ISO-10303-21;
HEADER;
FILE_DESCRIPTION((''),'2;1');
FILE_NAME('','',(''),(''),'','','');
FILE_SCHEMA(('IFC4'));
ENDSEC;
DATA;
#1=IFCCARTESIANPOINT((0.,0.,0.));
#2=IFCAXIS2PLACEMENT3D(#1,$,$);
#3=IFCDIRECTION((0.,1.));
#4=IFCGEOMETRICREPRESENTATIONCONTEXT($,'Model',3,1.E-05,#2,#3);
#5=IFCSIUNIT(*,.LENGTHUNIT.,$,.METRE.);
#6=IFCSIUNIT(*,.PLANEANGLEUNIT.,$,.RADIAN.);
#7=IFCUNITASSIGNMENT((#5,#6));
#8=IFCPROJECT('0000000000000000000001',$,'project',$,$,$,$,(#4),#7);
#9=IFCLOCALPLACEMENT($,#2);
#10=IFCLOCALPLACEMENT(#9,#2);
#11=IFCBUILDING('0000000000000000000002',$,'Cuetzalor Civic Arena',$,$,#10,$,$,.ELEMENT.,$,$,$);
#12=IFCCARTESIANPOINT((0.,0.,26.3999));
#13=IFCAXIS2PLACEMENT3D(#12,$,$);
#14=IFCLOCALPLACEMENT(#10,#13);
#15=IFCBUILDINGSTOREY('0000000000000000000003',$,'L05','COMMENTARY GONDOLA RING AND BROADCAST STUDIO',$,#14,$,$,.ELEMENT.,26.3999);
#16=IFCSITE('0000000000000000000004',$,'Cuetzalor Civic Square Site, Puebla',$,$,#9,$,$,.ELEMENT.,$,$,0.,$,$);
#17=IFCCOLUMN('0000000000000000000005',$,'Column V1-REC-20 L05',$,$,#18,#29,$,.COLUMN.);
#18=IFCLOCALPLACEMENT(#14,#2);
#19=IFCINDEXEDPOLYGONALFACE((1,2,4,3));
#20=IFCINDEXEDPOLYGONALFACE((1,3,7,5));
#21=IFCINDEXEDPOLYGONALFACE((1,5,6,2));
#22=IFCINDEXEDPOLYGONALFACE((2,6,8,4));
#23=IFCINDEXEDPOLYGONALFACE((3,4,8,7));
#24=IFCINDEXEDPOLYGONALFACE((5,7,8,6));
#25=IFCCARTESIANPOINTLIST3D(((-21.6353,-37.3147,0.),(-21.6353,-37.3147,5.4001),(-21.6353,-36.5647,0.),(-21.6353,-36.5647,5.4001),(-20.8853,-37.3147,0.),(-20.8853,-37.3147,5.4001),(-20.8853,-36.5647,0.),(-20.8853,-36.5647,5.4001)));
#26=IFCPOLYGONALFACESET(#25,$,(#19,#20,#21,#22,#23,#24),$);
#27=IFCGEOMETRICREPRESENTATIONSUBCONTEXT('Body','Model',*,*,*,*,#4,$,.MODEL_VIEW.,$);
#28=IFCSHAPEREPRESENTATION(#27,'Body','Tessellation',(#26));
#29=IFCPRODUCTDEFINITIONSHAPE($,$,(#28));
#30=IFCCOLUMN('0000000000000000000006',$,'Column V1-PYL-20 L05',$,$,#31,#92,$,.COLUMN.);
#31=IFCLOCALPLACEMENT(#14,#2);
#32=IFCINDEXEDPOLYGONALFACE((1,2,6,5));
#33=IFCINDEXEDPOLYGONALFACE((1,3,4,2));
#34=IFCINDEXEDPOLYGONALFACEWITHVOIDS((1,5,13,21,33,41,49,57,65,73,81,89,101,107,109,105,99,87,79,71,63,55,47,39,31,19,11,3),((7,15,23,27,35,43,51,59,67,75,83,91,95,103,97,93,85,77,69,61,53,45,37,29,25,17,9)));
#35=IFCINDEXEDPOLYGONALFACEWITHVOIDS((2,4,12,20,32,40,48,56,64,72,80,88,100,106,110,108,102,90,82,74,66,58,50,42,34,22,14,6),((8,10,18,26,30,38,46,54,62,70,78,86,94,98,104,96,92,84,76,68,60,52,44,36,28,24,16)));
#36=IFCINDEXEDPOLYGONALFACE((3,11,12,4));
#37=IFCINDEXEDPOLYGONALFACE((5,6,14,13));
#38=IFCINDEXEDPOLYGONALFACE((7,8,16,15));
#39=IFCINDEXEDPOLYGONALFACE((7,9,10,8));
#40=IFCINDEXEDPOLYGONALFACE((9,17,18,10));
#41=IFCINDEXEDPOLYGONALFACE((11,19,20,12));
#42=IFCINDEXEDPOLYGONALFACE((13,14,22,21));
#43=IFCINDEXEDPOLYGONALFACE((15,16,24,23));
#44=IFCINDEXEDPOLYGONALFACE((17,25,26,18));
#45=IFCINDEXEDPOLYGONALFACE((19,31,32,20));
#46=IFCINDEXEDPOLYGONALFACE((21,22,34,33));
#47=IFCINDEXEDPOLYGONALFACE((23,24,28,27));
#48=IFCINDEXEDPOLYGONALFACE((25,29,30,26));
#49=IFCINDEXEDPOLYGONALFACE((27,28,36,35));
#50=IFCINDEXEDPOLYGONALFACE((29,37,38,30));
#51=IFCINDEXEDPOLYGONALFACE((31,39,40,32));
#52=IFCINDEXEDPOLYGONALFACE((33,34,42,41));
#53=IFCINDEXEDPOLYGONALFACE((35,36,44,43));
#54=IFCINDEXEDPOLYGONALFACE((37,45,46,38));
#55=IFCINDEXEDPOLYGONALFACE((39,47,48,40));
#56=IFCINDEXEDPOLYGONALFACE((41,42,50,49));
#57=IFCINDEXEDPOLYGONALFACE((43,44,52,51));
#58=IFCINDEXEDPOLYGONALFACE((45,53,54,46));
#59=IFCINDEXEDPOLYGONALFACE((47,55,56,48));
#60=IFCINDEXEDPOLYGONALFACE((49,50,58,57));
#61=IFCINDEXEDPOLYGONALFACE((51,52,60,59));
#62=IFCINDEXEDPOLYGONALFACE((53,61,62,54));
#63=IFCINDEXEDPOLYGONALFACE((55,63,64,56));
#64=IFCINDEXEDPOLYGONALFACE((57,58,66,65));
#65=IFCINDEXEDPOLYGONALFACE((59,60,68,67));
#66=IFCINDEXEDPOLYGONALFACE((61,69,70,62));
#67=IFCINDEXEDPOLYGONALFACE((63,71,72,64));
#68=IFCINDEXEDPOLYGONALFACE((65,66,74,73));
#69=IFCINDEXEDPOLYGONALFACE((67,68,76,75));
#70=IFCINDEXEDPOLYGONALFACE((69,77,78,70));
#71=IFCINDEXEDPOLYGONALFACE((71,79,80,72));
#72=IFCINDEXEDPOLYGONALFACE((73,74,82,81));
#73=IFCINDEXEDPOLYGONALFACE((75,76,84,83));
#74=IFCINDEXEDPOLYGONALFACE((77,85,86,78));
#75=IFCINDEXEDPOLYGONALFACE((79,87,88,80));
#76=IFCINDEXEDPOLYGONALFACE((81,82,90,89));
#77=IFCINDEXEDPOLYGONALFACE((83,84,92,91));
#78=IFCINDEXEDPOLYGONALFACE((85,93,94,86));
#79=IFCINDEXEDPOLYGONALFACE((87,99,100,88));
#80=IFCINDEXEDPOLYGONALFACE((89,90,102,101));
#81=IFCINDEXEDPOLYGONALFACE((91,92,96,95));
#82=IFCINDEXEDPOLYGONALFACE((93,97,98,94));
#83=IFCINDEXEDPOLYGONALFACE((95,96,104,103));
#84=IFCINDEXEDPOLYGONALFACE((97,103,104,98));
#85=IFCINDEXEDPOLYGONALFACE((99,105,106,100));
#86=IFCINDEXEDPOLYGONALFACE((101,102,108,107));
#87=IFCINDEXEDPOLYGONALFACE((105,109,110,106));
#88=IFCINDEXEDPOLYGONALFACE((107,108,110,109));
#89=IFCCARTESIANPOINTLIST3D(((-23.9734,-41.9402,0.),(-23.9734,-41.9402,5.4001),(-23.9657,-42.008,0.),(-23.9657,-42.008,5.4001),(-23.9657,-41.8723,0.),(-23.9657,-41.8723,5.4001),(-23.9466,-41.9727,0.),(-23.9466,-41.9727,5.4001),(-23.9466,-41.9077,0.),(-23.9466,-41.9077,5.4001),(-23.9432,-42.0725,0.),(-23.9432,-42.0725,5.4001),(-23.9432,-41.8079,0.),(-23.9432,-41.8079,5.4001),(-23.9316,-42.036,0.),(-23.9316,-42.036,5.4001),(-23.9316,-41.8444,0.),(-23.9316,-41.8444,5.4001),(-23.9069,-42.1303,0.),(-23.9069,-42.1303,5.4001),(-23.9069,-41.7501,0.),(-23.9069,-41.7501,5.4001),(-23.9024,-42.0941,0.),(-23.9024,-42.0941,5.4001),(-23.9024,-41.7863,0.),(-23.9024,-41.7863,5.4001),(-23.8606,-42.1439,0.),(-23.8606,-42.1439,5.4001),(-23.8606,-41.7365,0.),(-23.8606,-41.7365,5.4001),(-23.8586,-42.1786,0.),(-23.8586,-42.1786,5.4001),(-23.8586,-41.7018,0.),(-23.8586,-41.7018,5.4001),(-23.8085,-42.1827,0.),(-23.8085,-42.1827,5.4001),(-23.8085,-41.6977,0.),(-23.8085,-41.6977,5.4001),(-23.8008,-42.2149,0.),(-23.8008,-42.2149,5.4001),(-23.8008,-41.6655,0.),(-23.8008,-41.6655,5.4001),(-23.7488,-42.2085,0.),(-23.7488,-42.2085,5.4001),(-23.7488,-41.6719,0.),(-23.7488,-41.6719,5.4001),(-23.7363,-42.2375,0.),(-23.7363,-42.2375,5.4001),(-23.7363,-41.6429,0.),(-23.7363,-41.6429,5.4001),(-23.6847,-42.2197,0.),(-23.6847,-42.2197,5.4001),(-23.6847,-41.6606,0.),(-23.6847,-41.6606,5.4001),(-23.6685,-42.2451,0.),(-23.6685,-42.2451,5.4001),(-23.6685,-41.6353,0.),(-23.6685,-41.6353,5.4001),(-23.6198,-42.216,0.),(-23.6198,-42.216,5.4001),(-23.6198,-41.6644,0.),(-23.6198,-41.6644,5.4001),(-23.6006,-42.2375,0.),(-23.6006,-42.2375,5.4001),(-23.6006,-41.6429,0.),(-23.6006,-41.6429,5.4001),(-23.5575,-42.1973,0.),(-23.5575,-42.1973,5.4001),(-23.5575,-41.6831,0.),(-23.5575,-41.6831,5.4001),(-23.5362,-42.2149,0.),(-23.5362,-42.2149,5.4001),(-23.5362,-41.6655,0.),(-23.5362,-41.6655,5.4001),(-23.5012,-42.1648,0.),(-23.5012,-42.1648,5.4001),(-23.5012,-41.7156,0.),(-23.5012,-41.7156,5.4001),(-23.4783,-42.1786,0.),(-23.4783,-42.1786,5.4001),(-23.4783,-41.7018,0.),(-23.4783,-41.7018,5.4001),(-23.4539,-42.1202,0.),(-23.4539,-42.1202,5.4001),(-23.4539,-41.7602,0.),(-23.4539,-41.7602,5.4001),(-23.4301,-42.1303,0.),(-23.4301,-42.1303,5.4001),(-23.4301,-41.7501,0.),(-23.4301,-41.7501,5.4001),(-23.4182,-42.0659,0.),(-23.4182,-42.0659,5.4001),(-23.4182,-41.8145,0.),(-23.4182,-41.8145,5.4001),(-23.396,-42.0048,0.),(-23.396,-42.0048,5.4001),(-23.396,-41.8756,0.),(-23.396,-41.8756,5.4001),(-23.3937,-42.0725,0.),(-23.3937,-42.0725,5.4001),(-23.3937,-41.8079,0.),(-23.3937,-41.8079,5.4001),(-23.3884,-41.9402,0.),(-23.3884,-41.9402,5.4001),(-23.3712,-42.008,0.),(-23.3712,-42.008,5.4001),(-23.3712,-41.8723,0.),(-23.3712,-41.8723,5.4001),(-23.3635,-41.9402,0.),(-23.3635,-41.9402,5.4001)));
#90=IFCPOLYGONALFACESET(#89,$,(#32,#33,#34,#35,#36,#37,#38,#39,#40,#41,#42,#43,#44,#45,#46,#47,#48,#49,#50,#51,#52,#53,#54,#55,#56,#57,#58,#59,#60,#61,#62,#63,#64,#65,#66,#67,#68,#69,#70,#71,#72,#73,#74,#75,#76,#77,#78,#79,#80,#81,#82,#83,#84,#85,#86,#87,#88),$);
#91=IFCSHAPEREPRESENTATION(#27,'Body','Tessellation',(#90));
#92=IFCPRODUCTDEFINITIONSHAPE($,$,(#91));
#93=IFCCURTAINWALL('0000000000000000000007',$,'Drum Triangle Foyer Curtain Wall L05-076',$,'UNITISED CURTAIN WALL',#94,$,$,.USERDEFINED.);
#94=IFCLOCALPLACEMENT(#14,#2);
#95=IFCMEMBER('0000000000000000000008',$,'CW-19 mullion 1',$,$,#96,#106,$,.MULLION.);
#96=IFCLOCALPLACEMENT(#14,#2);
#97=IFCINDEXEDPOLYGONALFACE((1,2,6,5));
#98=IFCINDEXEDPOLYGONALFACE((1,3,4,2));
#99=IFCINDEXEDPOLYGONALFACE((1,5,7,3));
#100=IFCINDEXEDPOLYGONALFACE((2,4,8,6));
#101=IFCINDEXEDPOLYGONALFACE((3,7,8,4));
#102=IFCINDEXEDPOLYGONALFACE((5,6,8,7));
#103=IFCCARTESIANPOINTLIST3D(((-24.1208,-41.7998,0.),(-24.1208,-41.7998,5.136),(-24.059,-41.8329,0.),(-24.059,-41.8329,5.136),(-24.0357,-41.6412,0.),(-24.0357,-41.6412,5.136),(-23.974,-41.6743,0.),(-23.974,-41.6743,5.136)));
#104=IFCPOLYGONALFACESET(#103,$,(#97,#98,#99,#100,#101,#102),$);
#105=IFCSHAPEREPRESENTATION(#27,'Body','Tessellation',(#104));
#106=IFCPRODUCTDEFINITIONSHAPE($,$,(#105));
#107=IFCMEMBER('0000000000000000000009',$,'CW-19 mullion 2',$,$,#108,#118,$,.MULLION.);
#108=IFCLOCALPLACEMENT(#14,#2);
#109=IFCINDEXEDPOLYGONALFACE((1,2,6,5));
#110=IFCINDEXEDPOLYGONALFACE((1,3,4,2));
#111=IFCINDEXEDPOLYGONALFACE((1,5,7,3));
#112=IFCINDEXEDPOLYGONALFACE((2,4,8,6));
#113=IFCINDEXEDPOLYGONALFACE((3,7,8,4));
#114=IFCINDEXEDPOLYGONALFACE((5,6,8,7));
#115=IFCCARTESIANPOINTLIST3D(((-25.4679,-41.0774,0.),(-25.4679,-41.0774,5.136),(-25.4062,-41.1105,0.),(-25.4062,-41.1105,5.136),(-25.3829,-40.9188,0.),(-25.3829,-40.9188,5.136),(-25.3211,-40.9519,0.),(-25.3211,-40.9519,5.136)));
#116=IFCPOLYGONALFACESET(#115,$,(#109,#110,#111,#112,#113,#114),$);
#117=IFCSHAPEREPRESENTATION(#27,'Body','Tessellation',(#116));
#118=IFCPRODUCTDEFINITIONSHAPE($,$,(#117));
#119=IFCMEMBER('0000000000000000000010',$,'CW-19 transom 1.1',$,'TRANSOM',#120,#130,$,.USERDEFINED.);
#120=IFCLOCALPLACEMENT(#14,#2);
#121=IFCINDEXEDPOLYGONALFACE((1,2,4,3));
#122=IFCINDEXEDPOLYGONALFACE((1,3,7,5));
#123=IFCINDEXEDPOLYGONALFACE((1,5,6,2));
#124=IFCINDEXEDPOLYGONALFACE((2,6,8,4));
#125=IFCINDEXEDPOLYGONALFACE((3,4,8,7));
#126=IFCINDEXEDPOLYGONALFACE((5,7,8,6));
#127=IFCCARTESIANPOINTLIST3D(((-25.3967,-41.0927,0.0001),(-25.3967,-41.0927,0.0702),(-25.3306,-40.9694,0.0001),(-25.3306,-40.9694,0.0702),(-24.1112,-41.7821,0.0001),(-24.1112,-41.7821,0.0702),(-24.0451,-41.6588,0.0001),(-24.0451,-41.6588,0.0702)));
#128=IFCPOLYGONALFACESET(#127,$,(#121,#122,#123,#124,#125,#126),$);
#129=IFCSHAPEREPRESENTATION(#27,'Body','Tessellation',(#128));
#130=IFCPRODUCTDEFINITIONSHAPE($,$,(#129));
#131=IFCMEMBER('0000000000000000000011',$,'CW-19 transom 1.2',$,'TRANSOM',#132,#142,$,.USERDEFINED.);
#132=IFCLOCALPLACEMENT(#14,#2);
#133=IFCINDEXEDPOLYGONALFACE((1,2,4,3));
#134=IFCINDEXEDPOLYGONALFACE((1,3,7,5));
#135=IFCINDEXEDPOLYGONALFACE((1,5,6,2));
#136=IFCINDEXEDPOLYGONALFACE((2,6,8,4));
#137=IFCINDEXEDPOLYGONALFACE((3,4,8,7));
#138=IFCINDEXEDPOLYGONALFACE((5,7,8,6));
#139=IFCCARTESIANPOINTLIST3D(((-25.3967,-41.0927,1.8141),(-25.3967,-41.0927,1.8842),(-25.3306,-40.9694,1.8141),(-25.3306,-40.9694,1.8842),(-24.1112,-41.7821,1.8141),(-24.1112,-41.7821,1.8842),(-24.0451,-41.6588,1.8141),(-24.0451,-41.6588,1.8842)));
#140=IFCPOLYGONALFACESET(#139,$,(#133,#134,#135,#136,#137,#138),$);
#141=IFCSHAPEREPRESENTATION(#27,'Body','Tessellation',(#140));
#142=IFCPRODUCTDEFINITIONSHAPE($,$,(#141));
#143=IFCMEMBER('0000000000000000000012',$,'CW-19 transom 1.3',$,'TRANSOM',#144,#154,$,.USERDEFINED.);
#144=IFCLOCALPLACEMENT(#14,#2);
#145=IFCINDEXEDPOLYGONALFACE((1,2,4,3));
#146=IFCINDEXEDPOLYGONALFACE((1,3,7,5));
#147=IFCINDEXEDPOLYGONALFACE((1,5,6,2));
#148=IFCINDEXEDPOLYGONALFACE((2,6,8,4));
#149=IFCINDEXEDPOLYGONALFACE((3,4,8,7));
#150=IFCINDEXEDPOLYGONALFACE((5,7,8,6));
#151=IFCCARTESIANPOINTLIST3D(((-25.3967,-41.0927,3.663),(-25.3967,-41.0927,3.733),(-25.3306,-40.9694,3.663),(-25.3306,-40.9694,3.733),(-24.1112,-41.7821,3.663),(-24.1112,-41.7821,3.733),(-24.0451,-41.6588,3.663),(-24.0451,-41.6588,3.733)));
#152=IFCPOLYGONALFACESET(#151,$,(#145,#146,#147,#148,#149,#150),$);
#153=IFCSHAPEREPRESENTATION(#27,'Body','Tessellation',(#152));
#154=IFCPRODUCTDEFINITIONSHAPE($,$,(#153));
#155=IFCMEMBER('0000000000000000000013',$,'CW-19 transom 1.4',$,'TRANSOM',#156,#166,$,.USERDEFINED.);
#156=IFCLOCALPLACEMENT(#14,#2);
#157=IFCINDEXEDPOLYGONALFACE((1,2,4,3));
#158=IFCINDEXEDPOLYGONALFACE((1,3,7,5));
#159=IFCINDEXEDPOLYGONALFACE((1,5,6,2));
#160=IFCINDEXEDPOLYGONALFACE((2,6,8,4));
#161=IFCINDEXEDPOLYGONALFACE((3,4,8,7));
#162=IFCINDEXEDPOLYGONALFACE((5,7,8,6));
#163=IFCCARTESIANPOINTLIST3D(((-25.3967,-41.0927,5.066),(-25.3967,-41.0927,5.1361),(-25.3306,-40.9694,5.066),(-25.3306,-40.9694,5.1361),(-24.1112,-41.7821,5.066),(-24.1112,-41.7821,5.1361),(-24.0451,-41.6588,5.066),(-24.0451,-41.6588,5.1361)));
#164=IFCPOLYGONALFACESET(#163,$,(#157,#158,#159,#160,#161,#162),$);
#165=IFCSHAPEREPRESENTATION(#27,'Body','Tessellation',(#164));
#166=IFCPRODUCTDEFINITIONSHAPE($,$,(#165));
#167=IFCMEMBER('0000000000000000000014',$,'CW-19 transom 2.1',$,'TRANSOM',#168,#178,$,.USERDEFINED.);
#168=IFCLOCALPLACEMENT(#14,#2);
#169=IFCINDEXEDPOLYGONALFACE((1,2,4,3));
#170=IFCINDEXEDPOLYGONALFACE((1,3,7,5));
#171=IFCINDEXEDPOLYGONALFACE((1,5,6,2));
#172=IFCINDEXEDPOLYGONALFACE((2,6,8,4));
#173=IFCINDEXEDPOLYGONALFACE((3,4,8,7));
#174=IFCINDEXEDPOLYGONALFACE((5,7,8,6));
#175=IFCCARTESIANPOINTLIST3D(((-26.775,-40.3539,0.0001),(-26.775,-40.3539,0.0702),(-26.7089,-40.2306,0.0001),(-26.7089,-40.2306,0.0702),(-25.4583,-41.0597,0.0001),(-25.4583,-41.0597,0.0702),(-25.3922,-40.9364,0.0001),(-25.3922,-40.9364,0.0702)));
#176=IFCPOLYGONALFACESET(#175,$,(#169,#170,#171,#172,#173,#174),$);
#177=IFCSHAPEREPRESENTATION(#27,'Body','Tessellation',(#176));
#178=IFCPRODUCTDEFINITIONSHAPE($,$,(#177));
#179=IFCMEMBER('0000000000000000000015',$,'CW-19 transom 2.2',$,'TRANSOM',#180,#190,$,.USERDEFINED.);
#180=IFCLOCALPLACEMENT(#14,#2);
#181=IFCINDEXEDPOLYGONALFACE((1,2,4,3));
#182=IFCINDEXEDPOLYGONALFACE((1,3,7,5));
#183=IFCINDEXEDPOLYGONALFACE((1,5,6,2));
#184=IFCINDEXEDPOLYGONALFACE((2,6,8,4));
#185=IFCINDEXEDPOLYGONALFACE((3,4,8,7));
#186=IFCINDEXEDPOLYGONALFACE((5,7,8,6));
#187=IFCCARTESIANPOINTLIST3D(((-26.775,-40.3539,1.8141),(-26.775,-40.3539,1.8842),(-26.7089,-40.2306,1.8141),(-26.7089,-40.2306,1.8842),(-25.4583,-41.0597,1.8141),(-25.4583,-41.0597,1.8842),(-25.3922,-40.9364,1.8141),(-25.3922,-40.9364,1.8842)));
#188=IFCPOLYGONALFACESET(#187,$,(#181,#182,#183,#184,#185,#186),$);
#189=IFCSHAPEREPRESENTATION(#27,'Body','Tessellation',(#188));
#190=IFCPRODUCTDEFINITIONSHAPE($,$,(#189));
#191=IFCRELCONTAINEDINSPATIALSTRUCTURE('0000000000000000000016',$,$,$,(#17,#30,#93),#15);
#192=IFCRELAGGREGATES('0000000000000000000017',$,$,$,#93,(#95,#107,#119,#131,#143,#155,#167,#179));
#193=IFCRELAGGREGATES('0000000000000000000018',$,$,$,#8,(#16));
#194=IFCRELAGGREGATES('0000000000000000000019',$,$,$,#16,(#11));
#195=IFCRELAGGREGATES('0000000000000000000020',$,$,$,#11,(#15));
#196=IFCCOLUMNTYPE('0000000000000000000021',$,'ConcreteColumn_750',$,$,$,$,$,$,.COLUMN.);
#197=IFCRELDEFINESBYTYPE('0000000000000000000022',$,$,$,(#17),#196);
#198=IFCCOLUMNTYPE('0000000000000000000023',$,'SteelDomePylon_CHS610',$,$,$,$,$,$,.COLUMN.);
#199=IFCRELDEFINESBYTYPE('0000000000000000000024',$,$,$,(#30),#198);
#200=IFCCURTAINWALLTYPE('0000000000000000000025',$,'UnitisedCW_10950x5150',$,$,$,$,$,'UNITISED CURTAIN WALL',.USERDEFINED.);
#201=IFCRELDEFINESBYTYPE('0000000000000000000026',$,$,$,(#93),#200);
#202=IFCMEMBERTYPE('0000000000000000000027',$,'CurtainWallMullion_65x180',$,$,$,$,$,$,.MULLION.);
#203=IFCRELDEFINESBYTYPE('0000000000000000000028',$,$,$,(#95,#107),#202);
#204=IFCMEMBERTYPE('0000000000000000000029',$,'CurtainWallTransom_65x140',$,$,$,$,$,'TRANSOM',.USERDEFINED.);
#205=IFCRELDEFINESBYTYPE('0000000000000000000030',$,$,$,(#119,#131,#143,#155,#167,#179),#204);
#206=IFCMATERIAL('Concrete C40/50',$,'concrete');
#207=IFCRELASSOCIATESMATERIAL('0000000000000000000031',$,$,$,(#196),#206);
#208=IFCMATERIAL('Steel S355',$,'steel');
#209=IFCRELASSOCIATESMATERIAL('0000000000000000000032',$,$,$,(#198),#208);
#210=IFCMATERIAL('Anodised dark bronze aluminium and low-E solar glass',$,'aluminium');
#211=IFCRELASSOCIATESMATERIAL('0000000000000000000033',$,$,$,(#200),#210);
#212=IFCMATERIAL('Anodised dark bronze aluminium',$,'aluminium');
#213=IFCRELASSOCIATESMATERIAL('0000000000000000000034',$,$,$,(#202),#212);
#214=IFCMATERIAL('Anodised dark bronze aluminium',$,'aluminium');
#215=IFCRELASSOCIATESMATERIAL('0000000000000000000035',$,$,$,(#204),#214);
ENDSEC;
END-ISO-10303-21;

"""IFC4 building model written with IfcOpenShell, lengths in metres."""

from ifc_helpers import new_model, si_unit, direction, frame, origin, origin_2d, place, context, subcontext, project, spatial, rectangle, hollow_circle, extrude, material, material_profile, profile_set, type_object, element, aggregate, save


model = new_model("IFC4")

# Units and contexts
model_context = context("Model", 3, precision=1e-05, world=origin(), true_north=direction((0.0, 1.0)))
body_context = subcontext(model_context, "Body", "Model", "MODEL_VIEW")
ifc_project = project(units=[si_unit("LENGTHUNIT", "METRE"), si_unit("PLANEANGLEUNIT", "RADIAN")], contexts=[model_context])

# Site, building, storey
site_placement = place(None, origin())
site = spatial("IfcSite", under=ifc_project, at=site_placement, Name="Cuetzalor Civic Square Site, Puebla", CompositionType="ELEMENT", RefElevation=0.0)
building_placement = place(site_placement, origin())
building = spatial("IfcBuilding", under=site, at=building_placement, Name="Cuetzalor Civic Arena", CompositionType="ELEMENT")
storey_placement = place(building_placement, frame((0.0, 0.0, 26.3999)))
storey = spatial("IfcBuildingStorey", under=building, at=storey_placement, Name="L05", Description="COMMENTARY GONDOLA RING AND BROADCAST STUDIO", CompositionType="ELEMENT", Elevation=26.3999)

# Columns
ifc_material_1 = material(Name="Concrete C40/50", Category="concrete")
ifc_material_profile_1 = material_profile(ifc_material_1, rectangle(XDim=0.75, YDim=0.75, at=origin_2d()), Name="RC 750x750")
ifc_profile_set_1 = profile_set([ifc_material_profile_1], Name="Concrete C40/50")
column_type_1 = type_object("IfcColumnType", Name="ConcreteColumn_750", PredefinedType="COLUMN", material=ifc_profile_set_1)
column_1_placement = place(storey_placement, frame((-21.2603, -36.9397, 0.0), z_axis=(0.0, 0.0, 1.0), x_axis=(1.0, 0.0, 0.0)))
element("IfcColumn", 1, at=column_1_placement, inside=storey, type_object=column_type_1, Name="Column V1-REC-20 L05", PredefinedType="COLUMN", context=body_context, shape_type="SweptSolid", body=[
    extrude(rectangle(XDim=0.75, YDim=0.75, at=origin_2d()), origin(), (0.0, 0.0, 1.0), 5.4001),
])
ifc_material_2 = material(Name="Steel S355", Category="steel")
ifc_material_profile_2 = material_profile(ifc_material_2, hollow_circle(Radius=0.3049, WallThickness=0.0249, at=origin_2d()), Name="CHS 610x25")
ifc_profile_set_2 = profile_set([ifc_material_profile_2], Name="Steel S355")
column_type_2 = type_object("IfcColumnType", Name="SteelDomePylon_CHS610", PredefinedType="COLUMN", material=ifc_profile_set_2)
column_2_placement = place(storey_placement, frame((-23.6685, -41.9402, 0.0), z_axis=(0.0, 0.0, 1.0), x_axis=(1.0, 0.0, 0.0)))
element("IfcColumn", 2, at=column_2_placement, inside=storey, type_object=column_type_2, Name="Column V1-PYL-20 L05", PredefinedType="COLUMN", context=body_context, shape_type="SweptSolid", body=[
    extrude(hollow_circle(Radius=0.3049, WallThickness=0.0249, at=origin_2d()), origin(), (0.0, 0.0, 1.0), 5.4001),
])

# Curtain wall, members
ifc_material_3 = material(Name="Anodised dark bronze aluminium and low-E solar glass", Category="aluminium")
curtain_wall_type = type_object("IfcCurtainWallType", Name="UnitisedCW_10950x5150", ElementType="UNITISED CURTAIN WALL", PredefinedType="USERDEFINED", material=ifc_material_3)
curtain_wall_placement = place(storey_placement, origin())
curtain_wall = element("IfcCurtainWall", 3, at=curtain_wall_placement, inside=storey, type_object=curtain_wall_type, Name="Drum Triangle Foyer Curtain Wall L05-076", ObjectType="UNITISED CURTAIN WALL", PredefinedType="USERDEFINED")
ifc_material_4 = material(Name="Anodised dark bronze aluminium", Category="aluminium")
ifc_material_profile_3 = material_profile(ifc_material_4, rectangle(XDim=0.0701, YDim=0.1799, at=origin_2d()), Name="ALU MULLION 70x180")
ifc_profile_set_3 = profile_set([ifc_material_profile_3], Name="Anodised dark bronze aluminium")
member_type_1 = type_object("IfcMemberType", Name="CurtainWallMullion_65x180", PredefinedType="MULLION", material=ifc_profile_set_3)
member_1_placement = place(storey_placement, frame((-24.0474, -41.7371, 0.0), z_axis=(0.0, 0.0, 1.0), x_axis=(-0.881306, 0.472545, 0.0)))
member_1 = element("IfcMember", 4, at=member_1_placement, type_object=member_type_1, Name="CW-19 mullion 1", PredefinedType="MULLION", context=body_context, shape_type="SweptSolid", body=[
    extrude(rectangle(XDim=0.0701, YDim=0.1799, at=origin_2d()), origin(), (0.0, 0.0, 1.0), 5.136),
])
member_2_placement = place(storey_placement, frame((-25.3945, -41.0146, 0.0), z_axis=(0.0, 0.0, 1.0), x_axis=(-0.881306, 0.472545, 0.0)))
member_2 = element("IfcMember", 5, at=member_2_placement, type_object=member_type_1, Name="CW-19 mullion 2", PredefinedType="MULLION", context=body_context, shape_type="SweptSolid", body=[
    extrude(rectangle(XDim=0.0701, YDim=0.1799, at=origin_2d()), origin(), (0.0, 0.0, 1.0), 5.136),
])
ifc_material_5 = material(Name="Anodised dark bronze aluminium", Category="aluminium")
ifc_material_profile_4 = material_profile(ifc_material_5, rectangle(XDim=0.1399, YDim=0.0701, at=origin_2d()), Name="ALU TRANSOM 70x140")
ifc_profile_set_4 = profile_set([ifc_material_profile_4], Name="Anodised dark bronze aluminium")
member_type_2 = type_object("IfcMemberType", Name="CurtainWallTransom_65x140", ElementType="TRANSOM", PredefinedType="USERDEFINED", material=ifc_profile_set_4)
member_3_placement = place(storey_placement, frame((-24.0781, -41.7205, 0.0352), z_axis=(-0.881276, 0.472602, 0.0), x_axis=(-0.472602, -0.881276, 0.0)))
member_3 = element("IfcMember", 6, at=member_3_placement, type_object=member_type_2, Name="CW-19 transom 1.1", ObjectType="TRANSOM", PredefinedType="USERDEFINED", context=body_context, shape_type="SweptSolid", body=[
    extrude(rectangle(XDim=0.1399, YDim=0.0701, at=origin_2d()), origin(), (0.0, 0.0, 1.0), 1.4587),
])
member_4_placement = place(storey_placement, frame((-24.0781, -41.7205, 1.8491), z_axis=(-0.881276, 0.472602, 0.0), x_axis=(-0.472602, -0.881276, 0.0)))
member_4 = element("IfcMember", 7, at=member_4_placement, type_object=member_type_2, Name="CW-19 transom 1.2", ObjectType="TRANSOM", PredefinedType="USERDEFINED", context=body_context, shape_type="SweptSolid", body=[
    extrude(rectangle(XDim=0.1399, YDim=0.0701, at=origin_2d()), origin(), (0.0, 0.0, 1.0), 1.4587),
])
member_5_placement = place(storey_placement, frame((-24.0781, -41.7205, 3.698), z_axis=(-0.881276, 0.472602, 0.0), x_axis=(-0.472602, -0.881276, 0.0)))
member_5 = element("IfcMember", 8, at=member_5_placement, type_object=member_type_2, Name="CW-19 transom 1.3", ObjectType="TRANSOM", PredefinedType="USERDEFINED", context=body_context, shape_type="SweptSolid", body=[
    extrude(rectangle(XDim=0.1399, YDim=0.0701, at=origin_2d()), origin(), (0.0, 0.0, 1.0), 1.4587),
])
member_6_placement = place(storey_placement, frame((-24.0781, -41.7205, 5.1011), z_axis=(-0.881276, 0.472602, 0.0), x_axis=(-0.472602, -0.881276, 0.0)))
member_6 = element("IfcMember", 9, at=member_6_placement, type_object=member_type_2, Name="CW-19 transom 1.4", ObjectType="TRANSOM", PredefinedType="USERDEFINED", context=body_context, shape_type="SweptSolid", body=[
    extrude(rectangle(XDim=0.1399, YDim=0.0701, at=origin_2d()), origin(), (0.0, 0.0, 1.0), 1.4587),
])
member_7_placement = place(storey_placement, frame((-25.4253, -40.998, 0.0352), z_axis=(-0.881351, 0.472462, 0.0), x_axis=(-0.472462, -0.881351, 0.0)))
member_7 = element("IfcMember", 10, at=member_7_placement, type_object=member_type_2, Name="CW-19 transom 2.1", ObjectType="TRANSOM", PredefinedType="USERDEFINED", context=body_context, shape_type="SweptSolid", body=[
    extrude(rectangle(XDim=0.1399, YDim=0.0701, at=origin_2d()), origin(), (0.0, 0.0, 1.0), 1.4939),
])
member_8_placement = place(storey_placement, frame((-25.4253, -40.998, 1.8491), z_axis=(-0.881351, 0.472462, 0.0), x_axis=(-0.472462, -0.881351, 0.0)))
member_8 = element("IfcMember", 11, at=member_8_placement, type_object=member_type_2, Name="CW-19 transom 2.2", ObjectType="TRANSOM", PredefinedType="USERDEFINED", context=body_context, shape_type="SweptSolid", body=[
    extrude(rectangle(XDim=0.1399, YDim=0.0701, at=origin_2d()), origin(), (0.0, 0.0, 1.0), 1.4939),
])
aggregate(curtain_wall, [member_1, member_2, member_3, member_4, member_5, member_6, member_7, member_8])

save(model, "model.ifc")
